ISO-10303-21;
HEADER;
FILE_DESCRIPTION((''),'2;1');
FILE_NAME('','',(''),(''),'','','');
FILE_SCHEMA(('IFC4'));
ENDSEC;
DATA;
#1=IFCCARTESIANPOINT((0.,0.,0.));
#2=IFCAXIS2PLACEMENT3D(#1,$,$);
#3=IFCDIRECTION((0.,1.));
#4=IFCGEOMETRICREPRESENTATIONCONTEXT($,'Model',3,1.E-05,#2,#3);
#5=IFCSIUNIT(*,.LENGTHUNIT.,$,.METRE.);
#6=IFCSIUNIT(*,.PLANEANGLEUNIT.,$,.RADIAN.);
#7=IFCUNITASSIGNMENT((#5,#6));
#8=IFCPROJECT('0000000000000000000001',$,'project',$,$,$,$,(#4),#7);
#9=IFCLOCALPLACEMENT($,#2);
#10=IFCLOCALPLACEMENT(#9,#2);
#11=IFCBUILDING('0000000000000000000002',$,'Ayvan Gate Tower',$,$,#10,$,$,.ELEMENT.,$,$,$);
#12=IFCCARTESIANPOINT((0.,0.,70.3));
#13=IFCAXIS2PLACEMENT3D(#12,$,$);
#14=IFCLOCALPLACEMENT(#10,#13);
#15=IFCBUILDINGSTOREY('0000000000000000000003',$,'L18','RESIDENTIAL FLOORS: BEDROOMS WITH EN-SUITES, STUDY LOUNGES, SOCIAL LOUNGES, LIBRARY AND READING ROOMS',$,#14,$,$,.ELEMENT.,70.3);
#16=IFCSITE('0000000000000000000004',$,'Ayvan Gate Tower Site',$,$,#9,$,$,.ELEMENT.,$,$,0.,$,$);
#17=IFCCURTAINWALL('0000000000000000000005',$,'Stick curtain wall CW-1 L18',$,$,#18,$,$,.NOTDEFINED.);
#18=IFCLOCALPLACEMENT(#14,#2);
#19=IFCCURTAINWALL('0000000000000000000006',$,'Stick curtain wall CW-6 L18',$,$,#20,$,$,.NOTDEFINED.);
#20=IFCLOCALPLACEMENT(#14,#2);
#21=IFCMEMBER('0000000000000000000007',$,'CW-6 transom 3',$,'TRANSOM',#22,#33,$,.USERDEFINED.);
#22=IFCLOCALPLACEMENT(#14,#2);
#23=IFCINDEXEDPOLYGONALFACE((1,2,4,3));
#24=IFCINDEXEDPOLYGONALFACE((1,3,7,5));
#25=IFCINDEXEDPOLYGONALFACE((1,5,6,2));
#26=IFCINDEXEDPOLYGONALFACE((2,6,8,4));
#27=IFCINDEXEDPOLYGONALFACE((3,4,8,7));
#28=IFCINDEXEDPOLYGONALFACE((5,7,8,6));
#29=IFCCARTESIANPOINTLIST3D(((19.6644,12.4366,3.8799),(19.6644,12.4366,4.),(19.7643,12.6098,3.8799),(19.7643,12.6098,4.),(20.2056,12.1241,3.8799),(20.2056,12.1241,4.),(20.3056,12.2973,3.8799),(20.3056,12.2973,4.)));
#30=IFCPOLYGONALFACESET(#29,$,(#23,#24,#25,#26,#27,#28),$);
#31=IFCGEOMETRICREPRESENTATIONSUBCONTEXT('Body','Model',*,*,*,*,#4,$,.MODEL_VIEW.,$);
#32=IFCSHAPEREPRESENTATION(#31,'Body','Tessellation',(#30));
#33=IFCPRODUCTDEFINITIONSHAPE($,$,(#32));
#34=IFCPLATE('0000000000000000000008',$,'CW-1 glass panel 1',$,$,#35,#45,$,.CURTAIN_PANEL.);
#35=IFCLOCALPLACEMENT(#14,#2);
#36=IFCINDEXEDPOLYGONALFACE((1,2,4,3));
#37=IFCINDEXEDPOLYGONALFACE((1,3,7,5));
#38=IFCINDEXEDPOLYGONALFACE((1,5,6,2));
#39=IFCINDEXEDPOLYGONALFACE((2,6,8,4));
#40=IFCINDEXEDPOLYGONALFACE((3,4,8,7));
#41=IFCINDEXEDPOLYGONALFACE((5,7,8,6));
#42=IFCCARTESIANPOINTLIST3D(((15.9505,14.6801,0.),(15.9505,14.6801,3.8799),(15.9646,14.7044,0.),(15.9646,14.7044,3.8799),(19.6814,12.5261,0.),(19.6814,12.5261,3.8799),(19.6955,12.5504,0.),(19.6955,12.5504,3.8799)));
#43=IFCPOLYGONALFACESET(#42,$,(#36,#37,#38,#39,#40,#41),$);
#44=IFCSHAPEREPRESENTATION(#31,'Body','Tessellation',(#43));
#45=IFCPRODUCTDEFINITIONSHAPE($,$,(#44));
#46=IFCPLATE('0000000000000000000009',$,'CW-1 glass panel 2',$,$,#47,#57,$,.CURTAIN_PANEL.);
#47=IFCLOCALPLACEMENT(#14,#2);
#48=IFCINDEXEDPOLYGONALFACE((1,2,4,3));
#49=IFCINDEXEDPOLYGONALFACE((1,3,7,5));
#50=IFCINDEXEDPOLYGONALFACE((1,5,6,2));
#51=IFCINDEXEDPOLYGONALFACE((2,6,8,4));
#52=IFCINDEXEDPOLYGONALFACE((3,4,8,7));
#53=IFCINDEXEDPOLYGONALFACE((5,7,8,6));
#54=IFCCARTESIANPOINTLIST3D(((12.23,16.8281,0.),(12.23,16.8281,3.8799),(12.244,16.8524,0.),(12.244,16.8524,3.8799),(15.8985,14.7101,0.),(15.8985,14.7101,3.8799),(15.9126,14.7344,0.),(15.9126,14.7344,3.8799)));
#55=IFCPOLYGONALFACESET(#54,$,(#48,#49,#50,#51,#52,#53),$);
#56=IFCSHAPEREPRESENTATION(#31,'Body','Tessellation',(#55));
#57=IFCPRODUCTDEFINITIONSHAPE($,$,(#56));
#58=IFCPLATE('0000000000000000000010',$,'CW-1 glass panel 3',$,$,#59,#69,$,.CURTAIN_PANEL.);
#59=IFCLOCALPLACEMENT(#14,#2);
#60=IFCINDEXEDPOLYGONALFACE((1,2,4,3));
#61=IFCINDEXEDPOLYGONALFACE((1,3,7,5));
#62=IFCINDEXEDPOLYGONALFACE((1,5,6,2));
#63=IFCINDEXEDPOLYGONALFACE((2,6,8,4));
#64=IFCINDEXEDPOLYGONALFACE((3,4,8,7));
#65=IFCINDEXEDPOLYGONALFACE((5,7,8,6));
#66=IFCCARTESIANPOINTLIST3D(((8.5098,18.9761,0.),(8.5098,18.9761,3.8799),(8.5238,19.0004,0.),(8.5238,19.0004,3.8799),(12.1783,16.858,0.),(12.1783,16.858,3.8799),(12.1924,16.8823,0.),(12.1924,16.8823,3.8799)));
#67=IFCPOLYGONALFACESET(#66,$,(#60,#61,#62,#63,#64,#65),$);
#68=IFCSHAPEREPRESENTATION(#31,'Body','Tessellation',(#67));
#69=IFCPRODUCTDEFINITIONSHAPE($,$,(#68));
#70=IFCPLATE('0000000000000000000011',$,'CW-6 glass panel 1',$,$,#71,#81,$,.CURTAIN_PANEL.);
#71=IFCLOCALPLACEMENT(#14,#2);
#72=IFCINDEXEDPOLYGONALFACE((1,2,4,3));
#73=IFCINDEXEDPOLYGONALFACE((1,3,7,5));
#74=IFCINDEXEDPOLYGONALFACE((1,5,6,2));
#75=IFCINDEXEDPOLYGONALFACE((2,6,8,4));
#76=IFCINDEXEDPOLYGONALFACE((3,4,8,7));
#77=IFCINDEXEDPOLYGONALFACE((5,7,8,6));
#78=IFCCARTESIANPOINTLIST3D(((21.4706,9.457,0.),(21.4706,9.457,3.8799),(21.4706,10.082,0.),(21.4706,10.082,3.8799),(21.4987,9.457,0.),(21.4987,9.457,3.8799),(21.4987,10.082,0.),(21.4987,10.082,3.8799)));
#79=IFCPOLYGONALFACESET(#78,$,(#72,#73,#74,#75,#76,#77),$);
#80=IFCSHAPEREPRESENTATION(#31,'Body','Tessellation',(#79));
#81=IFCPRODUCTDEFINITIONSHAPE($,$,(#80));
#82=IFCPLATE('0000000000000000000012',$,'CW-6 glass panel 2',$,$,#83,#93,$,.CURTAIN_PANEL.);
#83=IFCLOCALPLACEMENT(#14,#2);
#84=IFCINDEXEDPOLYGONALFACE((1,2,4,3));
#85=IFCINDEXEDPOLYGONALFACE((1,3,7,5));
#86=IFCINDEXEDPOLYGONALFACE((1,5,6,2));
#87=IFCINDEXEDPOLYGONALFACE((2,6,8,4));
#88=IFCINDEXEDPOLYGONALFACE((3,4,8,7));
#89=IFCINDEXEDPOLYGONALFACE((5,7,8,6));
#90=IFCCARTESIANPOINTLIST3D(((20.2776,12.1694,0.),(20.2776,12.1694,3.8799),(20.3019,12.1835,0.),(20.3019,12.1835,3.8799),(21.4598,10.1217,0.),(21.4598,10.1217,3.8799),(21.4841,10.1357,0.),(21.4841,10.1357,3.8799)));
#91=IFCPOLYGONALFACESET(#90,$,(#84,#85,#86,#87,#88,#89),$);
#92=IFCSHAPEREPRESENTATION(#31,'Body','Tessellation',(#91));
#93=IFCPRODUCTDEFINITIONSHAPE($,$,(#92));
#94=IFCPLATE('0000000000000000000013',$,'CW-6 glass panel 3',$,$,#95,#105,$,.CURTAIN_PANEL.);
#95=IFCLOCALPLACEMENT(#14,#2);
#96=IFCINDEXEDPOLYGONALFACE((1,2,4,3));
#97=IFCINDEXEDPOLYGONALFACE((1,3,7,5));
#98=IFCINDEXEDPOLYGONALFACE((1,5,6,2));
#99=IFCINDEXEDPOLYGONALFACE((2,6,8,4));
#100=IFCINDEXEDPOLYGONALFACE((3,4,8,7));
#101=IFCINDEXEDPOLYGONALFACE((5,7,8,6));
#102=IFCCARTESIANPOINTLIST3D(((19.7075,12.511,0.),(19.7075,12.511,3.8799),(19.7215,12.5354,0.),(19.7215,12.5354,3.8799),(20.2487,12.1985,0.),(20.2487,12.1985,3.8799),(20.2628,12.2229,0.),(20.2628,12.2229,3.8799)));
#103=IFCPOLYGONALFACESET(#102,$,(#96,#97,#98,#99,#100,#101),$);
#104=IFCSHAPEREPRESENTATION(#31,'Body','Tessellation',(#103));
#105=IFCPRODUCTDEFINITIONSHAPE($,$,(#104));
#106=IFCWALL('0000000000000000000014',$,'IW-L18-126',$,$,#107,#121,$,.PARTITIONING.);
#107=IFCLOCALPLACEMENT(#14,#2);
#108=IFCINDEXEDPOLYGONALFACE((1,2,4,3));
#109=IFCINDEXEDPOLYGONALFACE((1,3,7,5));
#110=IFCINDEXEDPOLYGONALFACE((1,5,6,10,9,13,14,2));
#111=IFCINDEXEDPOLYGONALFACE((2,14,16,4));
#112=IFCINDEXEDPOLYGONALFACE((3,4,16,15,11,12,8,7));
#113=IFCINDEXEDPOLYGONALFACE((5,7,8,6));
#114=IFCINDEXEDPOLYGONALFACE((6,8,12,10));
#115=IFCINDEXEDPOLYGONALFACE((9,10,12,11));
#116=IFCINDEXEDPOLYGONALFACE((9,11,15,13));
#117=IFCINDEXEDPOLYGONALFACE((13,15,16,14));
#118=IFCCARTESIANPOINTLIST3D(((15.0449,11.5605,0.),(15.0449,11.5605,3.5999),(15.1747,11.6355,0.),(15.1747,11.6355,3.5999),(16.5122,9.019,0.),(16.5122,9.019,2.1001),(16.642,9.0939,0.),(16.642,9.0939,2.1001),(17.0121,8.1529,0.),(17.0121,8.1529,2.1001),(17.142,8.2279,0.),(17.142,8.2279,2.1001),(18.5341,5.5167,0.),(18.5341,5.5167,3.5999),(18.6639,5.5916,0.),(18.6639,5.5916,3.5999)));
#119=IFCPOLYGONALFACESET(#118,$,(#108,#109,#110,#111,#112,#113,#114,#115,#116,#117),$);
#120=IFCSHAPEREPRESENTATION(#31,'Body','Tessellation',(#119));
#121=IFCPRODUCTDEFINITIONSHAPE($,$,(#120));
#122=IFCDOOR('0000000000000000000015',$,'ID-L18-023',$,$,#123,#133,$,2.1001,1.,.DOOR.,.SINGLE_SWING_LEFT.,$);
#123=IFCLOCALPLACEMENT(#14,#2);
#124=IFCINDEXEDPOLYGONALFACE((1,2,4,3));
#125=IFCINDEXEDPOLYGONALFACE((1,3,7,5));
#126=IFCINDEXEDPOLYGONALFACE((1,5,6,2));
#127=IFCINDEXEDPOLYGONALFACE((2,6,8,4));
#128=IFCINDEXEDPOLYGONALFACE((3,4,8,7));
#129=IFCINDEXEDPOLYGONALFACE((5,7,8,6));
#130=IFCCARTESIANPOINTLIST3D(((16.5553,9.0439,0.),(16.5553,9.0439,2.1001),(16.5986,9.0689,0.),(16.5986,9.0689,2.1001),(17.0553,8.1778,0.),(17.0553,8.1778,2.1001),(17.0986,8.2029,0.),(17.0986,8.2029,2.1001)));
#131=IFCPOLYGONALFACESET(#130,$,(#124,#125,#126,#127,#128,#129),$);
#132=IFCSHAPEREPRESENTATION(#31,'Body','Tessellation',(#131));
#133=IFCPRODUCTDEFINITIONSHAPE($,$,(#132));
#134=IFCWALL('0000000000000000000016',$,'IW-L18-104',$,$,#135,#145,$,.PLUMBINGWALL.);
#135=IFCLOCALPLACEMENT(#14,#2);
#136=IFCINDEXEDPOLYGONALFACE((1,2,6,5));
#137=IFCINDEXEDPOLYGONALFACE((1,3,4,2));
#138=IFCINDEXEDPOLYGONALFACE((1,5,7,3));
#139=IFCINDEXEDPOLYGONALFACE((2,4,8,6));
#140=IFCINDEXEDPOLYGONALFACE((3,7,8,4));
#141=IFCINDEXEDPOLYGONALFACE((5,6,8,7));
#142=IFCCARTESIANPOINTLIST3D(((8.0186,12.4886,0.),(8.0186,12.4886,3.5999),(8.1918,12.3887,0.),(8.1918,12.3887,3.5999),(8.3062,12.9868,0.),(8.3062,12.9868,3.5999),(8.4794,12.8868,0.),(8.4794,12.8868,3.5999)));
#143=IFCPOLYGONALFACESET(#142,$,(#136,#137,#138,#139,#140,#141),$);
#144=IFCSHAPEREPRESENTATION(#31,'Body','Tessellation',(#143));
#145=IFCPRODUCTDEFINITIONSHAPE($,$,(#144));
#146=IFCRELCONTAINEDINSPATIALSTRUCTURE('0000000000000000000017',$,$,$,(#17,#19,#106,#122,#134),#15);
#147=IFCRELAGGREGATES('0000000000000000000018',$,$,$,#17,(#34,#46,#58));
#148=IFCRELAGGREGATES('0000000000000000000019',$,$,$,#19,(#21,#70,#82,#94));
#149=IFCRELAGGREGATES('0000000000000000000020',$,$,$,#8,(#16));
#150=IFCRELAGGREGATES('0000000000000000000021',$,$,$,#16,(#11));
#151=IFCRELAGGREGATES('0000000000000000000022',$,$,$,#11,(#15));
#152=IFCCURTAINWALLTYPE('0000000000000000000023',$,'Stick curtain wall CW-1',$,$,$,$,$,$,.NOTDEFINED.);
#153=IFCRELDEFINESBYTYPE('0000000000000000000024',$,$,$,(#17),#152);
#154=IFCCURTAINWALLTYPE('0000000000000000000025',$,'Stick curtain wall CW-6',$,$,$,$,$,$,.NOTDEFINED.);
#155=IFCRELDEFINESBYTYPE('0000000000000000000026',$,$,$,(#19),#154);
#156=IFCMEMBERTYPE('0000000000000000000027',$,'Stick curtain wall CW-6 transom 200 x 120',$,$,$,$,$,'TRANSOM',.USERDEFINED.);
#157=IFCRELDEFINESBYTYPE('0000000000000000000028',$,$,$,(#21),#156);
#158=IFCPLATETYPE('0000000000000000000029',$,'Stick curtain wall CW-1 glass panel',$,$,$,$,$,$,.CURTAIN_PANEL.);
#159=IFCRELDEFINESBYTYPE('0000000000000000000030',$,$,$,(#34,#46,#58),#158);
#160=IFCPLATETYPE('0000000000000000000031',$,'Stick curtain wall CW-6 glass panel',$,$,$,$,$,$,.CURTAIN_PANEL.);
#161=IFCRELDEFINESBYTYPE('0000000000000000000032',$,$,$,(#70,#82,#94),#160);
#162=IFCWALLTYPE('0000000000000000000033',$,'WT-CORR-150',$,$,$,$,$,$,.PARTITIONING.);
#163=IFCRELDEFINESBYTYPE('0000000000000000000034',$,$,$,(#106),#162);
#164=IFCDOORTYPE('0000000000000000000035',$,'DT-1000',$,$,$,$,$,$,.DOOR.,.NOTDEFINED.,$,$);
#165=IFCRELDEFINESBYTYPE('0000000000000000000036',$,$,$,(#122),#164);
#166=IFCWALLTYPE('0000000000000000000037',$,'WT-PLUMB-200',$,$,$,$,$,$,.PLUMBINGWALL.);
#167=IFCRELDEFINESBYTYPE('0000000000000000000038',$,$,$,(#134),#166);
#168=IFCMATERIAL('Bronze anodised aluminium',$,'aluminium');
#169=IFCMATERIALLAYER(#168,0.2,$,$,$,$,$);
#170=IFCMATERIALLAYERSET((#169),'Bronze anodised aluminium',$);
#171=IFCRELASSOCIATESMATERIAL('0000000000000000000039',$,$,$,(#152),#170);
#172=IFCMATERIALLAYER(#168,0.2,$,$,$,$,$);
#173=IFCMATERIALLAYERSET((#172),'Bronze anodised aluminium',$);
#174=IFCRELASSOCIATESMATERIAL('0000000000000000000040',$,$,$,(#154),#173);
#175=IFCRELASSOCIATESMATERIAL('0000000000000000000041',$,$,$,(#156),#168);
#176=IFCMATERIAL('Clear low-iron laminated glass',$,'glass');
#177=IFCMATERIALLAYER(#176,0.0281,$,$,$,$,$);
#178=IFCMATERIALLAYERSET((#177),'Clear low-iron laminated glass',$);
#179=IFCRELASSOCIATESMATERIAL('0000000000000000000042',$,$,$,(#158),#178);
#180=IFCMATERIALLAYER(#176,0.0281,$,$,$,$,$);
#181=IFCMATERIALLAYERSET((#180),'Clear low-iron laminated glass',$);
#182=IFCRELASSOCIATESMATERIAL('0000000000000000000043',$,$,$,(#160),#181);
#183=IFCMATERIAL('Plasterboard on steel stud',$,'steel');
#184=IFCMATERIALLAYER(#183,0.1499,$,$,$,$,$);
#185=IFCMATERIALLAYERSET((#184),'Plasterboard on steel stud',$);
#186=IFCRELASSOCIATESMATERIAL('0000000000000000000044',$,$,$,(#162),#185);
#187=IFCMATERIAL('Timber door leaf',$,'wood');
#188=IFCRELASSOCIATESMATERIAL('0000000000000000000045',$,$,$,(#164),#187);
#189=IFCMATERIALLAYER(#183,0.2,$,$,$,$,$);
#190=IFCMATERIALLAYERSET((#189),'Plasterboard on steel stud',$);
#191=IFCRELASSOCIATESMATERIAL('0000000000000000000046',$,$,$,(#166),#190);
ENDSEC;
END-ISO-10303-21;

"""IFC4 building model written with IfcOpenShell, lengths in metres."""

from ifc_helpers import new_model, si_unit, direction, frame, frame_2d, origin, origin_2d, place, context, subcontext, project, spatial, rectangle, extrude, material, layer, layer_set, material_profile, profile_set, type_object, element, fill, aggregate, save


model = new_model("IFC4")

# Units and contexts
model_context = context("Model", 3, precision=1e-05, world=origin(), true_north=direction((0.0, 1.0)))
body_context = subcontext(model_context, "Body", "Model", "MODEL_VIEW")
ifc_project = project(units=[si_unit("LENGTHUNIT", "METRE"), si_unit("PLANEANGLEUNIT", "RADIAN")], contexts=[model_context])

# Site, building, storey
site_placement = place(None, origin())
site = spatial("IfcSite", under=ifc_project, at=site_placement, Name="Ayvan Gate Tower Site", CompositionType="ELEMENT", RefElevation=0.0)
building_placement = place(site_placement, origin())
building = spatial("IfcBuilding", under=site, at=building_placement, Name="Ayvan Gate Tower", CompositionType="ELEMENT")
storey_placement = place(building_placement, frame((0.0, 0.0, 70.3)))
storey = spatial("IfcBuildingStorey", under=building, at=storey_placement, Name="L18", Description="RESIDENTIAL FLOORS: BEDROOMS WITH EN-SUITES, STUDY LOUNGES, SOCIAL LOUNGES, LIBRARY AND READING ROOMS", CompositionType="ELEMENT", Elevation=70.3)

# Curtain walls, member
ifc_material_1 = material(Name="Bronze anodised aluminium", Category="aluminium")
ifc_layer_1 = layer(ifc_material_1, 0.2)
ifc_layer_set_1 = layer_set([ifc_layer_1], Name="Bronze anodised aluminium")
curtain_wall_type_1 = type_object("IfcCurtainWallType", Name="Stick curtain wall CW-1", PredefinedType="NOTDEFINED", material=ifc_layer_set_1)
curtain_wall_1_placement = place(storey_placement, origin())
curtain_wall_1 = element("IfcCurtainWall", 1, at=curtain_wall_1_placement, inside=storey, type_object=curtain_wall_type_1, Name="Stick curtain wall CW-1 L18", PredefinedType="NOTDEFINED")
ifc_layer_2 = layer(ifc_material_1, 0.2)
ifc_layer_set_2 = layer_set([ifc_layer_2], Name="Bronze anodised aluminium")
curtain_wall_type_2 = type_object("IfcCurtainWallType", Name="Stick curtain wall CW-6", PredefinedType="NOTDEFINED", material=ifc_layer_set_2)
curtain_wall_2_placement = place(storey_placement, origin())
curtain_wall_2 = element("IfcCurtainWall", 2, at=curtain_wall_2_placement, inside=storey, type_object=curtain_wall_type_2, Name="Stick curtain wall CW-6 L18", PredefinedType="NOTDEFINED")
ifc_material_profile_1 = material_profile(ifc_material_1, rectangle(XDim=0.2, YDim=0.1201, at=origin_2d()), Name="Stick curtain wall CW-6 transom 200 x 120")
ifc_profile_set_1 = profile_set([ifc_material_profile_1], Name="Bronze anodised aluminium")
member_type_1 = type_object("IfcMemberType", Name="Stick curtain wall CW-6 transom 200 x 120", ElementType="TRANSOM", PredefinedType="USERDEFINED", material=ifc_profile_set_1)
member_1_placement = place(storey_placement, frame((20.2556, 12.2107, 3.9399), z_axis=(-0.866023, 0.500004, 0.0), x_axis=(-0.500004, -0.866023, 0.0)))
member_1 = element("IfcMember", 3, at=member_1_placement, type_object=member_type_1, Name="CW-6 transom 3", ObjectType="TRANSOM", PredefinedType="USERDEFINED", context=body_context, shape_type="SweptSolid", body=[
    extrude(rectangle(XDim=0.2, YDim=0.1201, at=origin_2d()), origin(), (0.0, 0.0, 1.0), 0.625),
])

# Plates
ifc_material_2 = material(Name="Clear low-iron laminated glass", Category="glass")
ifc_layer_3 = layer(ifc_material_2, 0.0281)
ifc_layer_set_3 = layer_set([ifc_layer_3], Name="Clear low-iron laminated glass")
plate_type_1 = type_object("IfcPlateType", Name="Stick curtain wall CW-1 glass panel", PredefinedType="CURTAIN_PANEL", material=ifc_layer_set_3)
plate_1_placement = place(storey_placement, frame((17.823, 13.6152, 0.0), z_axis=(0.0, 0.0, 1.0), x_axis=(-0.866025, 0.5, 0.0)))
plate_1 = element("IfcPlate", 4, at=plate_1_placement, type_object=plate_type_1, Name="CW-1 glass panel 1", PredefinedType="CURTAIN_PANEL", context=body_context, shape_type="SweptSolid", body=[
    extrude(rectangle(XDim=4.3081, YDim=0.0281, at=origin_2d()), origin(), (0.0, 0.0, 1.0), 3.8799),
])
plate_2_placement = place(storey_placement, frame((14.0713, 15.7812, 0.0), z_axis=(0.0, 0.0, 1.0), x_axis=(-0.866025, 0.5, 0.0)))
plate_2 = element("IfcPlate", 5, at=plate_2_placement, type_object=plate_type_1, Name="CW-1 glass panel 2", PredefinedType="CURTAIN_PANEL", context=body_context, shape_type="SweptSolid", body=[
    extrude(rectangle(XDim=4.2361, YDim=0.0281, at=origin_2d()), origin(), (0.0, 0.0, 1.0), 3.8799),
])
plate_3_placement = place(storey_placement, frame((10.3511, 17.9292, 0.0), z_axis=(0.0, 0.0, 1.0), x_axis=(-0.866025, 0.5, 0.0)))
plate_3 = element("IfcPlate", 6, at=plate_3_placement, type_object=plate_type_1, Name="CW-1 glass panel 3", PredefinedType="CURTAIN_PANEL", context=body_context, shape_type="SweptSolid", body=[
    extrude(rectangle(XDim=4.2361, YDim=0.0281, at=origin_2d()), origin(), (0.0, 0.0, 1.0), 3.8799),
])
aggregate(curtain_wall_1, [plate_1, plate_2, plate_3])
ifc_layer_4 = layer(ifc_material_2, 0.0281)
ifc_layer_set_4 = layer_set([ifc_layer_4], Name="Clear low-iron laminated glass")
plate_type_2 = type_object("IfcPlateType", Name="Stick curtain wall CW-6 glass panel", PredefinedType="CURTAIN_PANEL", material=ifc_layer_set_4)
plate_4_placement = place(storey_placement, frame((21.4846, 9.7695, 0.0), z_axis=(0.0, 0.0, 1.0), x_axis=(0.0, 1.0, 0.0)))
plate_4 = element("IfcPlate", 7, at=plate_4_placement, type_object=plate_type_2, Name="CW-6 glass panel 1", PredefinedType="CURTAIN_PANEL", context=body_context, shape_type="SweptSolid", body=[
    extrude(rectangle(XDim=0.625, YDim=0.0281, at=origin_2d()), origin(), (0.0, 0.0, 1.0), 3.8799),
])
plate_5_placement = place(storey_placement, frame((20.8809, 11.1526, 0.0), z_axis=(0.0, 0.0, 1.0), x_axis=(-0.5, 0.866025, 0.0)))
plate_5 = element("IfcPlate", 8, at=plate_5_placement, type_object=plate_type_2, Name="CW-6 glass panel 2", PredefinedType="CURTAIN_PANEL", context=body_context, shape_type="SweptSolid", body=[
    extrude(rectangle(XDim=2.3645, YDim=0.0281, at=origin_2d()), origin(), (0.0, 0.0, 1.0), 3.8799),
])
plate_6_placement = place(storey_placement, frame((19.9851, 12.3669, 0.0), z_axis=(0.0, 0.0, 1.0), x_axis=(-0.866025, 0.5, 0.0)))
plate_6 = element("IfcPlate", 9, at=plate_6_placement, type_object=plate_type_2, Name="CW-6 glass panel 3", PredefinedType="CURTAIN_PANEL", context=body_context, shape_type="SweptSolid", body=[
    extrude(rectangle(XDim=0.625, YDim=0.0281, at=origin_2d()), origin(), (0.0, 0.0, 1.0), 3.8799),
])
aggregate(curtain_wall_2, [member_1, plate_4, plate_5, plate_6])

# Wall, opening, door
ifc_material_3 = material(Name="Plasterboard on steel stud", Category="steel")
ifc_layer_5 = layer(ifc_material_3, 0.1499)
ifc_layer_set_5 = layer_set([ifc_layer_5], Name="Plasterboard on steel stud")
wall_type_1 = type_object("IfcWallType", Name="WT-CORR-150", PredefinedType="PARTITIONING", material=ifc_layer_set_5)
wall_1_placement = place(storey_placement, frame((15.1099, 11.5979, 0.0), z_axis=(0.0, 0.0, 1.0), x_axis=(0.499977, -0.866039, 0.0)))
wall_1 = element("IfcWall", 10, at=wall_1_placement, inside=storey, type_object=wall_type_1, Name="IW-L18-126", PredefinedType="PARTITIONING", context=body_context, shape_type="SweptSolid", body=[
    extrude(rectangle(XDim=6.9788, YDim=0.1499, at=frame_2d((3.4893, 0.0))), origin(), (0.0, 0.0, 1.0), 3.5999),
])
opening_placement = place(wall_1_placement, frame((2.9346, 0.0, 0.0)))
opening = element("IfcOpeningElement", 11, at=opening_placement, cuts=wall_1, PredefinedType="OPENING", context=body_context, shape_type="SweptSolid", body=[
    extrude(rectangle(XDim=1.0, YDim=2.1001, at=frame_2d((0.5, 1.05))), frame((0.0, 0.085, 0.0), z_axis=(0.0, -1.0, 0.0), x_axis=(1.0, 0.0, 0.0)), (0.0, 0.0, 1.0), 0.1699),
])
ifc_material_4 = material(Name="Timber door leaf", Category="wood")
door_type = type_object("IfcDoorType", Name="DT-1000", OperationType="NOTDEFINED", PredefinedType="DOOR", material=ifc_material_4)
door_placement = place(opening_placement, origin())
door = element("IfcDoor", 12, at=door_placement, inside=storey, type_object=door_type, Name="ID-L18-023", OperationType="SINGLE_SWING_LEFT", OverallHeight=2.1001, OverallWidth=1.0, PredefinedType="DOOR", context=body_context, shape_type="SweptSolid", body=[
    extrude(rectangle(XDim=1.0, YDim=2.1001, at=frame_2d((0.5, 1.05))), frame((0.0, 0.0249, 0.0), z_axis=(0.0, -1.0, 0.0), x_axis=(1.0, 0.0, 0.0)), (0.0, 0.0, 1.0), 0.05),
])
fill(opening, door)

# Wall
ifc_layer_6 = layer(ifc_material_3, 0.2)
ifc_layer_set_6 = layer_set([ifc_layer_6], Name="Plasterboard on steel stud")
wall_type_2 = type_object("IfcWallType", Name="WT-PLUMB-200", PredefinedType="PLUMBINGWALL", material=ifc_layer_set_6)
wall_2_placement = place(storey_placement, frame((8.3928, 12.9368, 0.0), z_axis=(0.0, 0.0, 1.0), x_axis=(-0.500065, -0.865988, 0.0)))
element("IfcWall", 13, at=wall_2_placement, inside=storey, type_object=wall_type_2, Name="IW-L18-104", PredefinedType="PLUMBINGWALL", context=body_context, shape_type="SweptSolid", body=[
    extrude(rectangle(XDim=0.5752, YDim=0.2, at=frame_2d((0.2876, 0.0))), origin(), (0.0, 0.0, 1.0), 3.5999),
])

save(model, "model.ifc")
